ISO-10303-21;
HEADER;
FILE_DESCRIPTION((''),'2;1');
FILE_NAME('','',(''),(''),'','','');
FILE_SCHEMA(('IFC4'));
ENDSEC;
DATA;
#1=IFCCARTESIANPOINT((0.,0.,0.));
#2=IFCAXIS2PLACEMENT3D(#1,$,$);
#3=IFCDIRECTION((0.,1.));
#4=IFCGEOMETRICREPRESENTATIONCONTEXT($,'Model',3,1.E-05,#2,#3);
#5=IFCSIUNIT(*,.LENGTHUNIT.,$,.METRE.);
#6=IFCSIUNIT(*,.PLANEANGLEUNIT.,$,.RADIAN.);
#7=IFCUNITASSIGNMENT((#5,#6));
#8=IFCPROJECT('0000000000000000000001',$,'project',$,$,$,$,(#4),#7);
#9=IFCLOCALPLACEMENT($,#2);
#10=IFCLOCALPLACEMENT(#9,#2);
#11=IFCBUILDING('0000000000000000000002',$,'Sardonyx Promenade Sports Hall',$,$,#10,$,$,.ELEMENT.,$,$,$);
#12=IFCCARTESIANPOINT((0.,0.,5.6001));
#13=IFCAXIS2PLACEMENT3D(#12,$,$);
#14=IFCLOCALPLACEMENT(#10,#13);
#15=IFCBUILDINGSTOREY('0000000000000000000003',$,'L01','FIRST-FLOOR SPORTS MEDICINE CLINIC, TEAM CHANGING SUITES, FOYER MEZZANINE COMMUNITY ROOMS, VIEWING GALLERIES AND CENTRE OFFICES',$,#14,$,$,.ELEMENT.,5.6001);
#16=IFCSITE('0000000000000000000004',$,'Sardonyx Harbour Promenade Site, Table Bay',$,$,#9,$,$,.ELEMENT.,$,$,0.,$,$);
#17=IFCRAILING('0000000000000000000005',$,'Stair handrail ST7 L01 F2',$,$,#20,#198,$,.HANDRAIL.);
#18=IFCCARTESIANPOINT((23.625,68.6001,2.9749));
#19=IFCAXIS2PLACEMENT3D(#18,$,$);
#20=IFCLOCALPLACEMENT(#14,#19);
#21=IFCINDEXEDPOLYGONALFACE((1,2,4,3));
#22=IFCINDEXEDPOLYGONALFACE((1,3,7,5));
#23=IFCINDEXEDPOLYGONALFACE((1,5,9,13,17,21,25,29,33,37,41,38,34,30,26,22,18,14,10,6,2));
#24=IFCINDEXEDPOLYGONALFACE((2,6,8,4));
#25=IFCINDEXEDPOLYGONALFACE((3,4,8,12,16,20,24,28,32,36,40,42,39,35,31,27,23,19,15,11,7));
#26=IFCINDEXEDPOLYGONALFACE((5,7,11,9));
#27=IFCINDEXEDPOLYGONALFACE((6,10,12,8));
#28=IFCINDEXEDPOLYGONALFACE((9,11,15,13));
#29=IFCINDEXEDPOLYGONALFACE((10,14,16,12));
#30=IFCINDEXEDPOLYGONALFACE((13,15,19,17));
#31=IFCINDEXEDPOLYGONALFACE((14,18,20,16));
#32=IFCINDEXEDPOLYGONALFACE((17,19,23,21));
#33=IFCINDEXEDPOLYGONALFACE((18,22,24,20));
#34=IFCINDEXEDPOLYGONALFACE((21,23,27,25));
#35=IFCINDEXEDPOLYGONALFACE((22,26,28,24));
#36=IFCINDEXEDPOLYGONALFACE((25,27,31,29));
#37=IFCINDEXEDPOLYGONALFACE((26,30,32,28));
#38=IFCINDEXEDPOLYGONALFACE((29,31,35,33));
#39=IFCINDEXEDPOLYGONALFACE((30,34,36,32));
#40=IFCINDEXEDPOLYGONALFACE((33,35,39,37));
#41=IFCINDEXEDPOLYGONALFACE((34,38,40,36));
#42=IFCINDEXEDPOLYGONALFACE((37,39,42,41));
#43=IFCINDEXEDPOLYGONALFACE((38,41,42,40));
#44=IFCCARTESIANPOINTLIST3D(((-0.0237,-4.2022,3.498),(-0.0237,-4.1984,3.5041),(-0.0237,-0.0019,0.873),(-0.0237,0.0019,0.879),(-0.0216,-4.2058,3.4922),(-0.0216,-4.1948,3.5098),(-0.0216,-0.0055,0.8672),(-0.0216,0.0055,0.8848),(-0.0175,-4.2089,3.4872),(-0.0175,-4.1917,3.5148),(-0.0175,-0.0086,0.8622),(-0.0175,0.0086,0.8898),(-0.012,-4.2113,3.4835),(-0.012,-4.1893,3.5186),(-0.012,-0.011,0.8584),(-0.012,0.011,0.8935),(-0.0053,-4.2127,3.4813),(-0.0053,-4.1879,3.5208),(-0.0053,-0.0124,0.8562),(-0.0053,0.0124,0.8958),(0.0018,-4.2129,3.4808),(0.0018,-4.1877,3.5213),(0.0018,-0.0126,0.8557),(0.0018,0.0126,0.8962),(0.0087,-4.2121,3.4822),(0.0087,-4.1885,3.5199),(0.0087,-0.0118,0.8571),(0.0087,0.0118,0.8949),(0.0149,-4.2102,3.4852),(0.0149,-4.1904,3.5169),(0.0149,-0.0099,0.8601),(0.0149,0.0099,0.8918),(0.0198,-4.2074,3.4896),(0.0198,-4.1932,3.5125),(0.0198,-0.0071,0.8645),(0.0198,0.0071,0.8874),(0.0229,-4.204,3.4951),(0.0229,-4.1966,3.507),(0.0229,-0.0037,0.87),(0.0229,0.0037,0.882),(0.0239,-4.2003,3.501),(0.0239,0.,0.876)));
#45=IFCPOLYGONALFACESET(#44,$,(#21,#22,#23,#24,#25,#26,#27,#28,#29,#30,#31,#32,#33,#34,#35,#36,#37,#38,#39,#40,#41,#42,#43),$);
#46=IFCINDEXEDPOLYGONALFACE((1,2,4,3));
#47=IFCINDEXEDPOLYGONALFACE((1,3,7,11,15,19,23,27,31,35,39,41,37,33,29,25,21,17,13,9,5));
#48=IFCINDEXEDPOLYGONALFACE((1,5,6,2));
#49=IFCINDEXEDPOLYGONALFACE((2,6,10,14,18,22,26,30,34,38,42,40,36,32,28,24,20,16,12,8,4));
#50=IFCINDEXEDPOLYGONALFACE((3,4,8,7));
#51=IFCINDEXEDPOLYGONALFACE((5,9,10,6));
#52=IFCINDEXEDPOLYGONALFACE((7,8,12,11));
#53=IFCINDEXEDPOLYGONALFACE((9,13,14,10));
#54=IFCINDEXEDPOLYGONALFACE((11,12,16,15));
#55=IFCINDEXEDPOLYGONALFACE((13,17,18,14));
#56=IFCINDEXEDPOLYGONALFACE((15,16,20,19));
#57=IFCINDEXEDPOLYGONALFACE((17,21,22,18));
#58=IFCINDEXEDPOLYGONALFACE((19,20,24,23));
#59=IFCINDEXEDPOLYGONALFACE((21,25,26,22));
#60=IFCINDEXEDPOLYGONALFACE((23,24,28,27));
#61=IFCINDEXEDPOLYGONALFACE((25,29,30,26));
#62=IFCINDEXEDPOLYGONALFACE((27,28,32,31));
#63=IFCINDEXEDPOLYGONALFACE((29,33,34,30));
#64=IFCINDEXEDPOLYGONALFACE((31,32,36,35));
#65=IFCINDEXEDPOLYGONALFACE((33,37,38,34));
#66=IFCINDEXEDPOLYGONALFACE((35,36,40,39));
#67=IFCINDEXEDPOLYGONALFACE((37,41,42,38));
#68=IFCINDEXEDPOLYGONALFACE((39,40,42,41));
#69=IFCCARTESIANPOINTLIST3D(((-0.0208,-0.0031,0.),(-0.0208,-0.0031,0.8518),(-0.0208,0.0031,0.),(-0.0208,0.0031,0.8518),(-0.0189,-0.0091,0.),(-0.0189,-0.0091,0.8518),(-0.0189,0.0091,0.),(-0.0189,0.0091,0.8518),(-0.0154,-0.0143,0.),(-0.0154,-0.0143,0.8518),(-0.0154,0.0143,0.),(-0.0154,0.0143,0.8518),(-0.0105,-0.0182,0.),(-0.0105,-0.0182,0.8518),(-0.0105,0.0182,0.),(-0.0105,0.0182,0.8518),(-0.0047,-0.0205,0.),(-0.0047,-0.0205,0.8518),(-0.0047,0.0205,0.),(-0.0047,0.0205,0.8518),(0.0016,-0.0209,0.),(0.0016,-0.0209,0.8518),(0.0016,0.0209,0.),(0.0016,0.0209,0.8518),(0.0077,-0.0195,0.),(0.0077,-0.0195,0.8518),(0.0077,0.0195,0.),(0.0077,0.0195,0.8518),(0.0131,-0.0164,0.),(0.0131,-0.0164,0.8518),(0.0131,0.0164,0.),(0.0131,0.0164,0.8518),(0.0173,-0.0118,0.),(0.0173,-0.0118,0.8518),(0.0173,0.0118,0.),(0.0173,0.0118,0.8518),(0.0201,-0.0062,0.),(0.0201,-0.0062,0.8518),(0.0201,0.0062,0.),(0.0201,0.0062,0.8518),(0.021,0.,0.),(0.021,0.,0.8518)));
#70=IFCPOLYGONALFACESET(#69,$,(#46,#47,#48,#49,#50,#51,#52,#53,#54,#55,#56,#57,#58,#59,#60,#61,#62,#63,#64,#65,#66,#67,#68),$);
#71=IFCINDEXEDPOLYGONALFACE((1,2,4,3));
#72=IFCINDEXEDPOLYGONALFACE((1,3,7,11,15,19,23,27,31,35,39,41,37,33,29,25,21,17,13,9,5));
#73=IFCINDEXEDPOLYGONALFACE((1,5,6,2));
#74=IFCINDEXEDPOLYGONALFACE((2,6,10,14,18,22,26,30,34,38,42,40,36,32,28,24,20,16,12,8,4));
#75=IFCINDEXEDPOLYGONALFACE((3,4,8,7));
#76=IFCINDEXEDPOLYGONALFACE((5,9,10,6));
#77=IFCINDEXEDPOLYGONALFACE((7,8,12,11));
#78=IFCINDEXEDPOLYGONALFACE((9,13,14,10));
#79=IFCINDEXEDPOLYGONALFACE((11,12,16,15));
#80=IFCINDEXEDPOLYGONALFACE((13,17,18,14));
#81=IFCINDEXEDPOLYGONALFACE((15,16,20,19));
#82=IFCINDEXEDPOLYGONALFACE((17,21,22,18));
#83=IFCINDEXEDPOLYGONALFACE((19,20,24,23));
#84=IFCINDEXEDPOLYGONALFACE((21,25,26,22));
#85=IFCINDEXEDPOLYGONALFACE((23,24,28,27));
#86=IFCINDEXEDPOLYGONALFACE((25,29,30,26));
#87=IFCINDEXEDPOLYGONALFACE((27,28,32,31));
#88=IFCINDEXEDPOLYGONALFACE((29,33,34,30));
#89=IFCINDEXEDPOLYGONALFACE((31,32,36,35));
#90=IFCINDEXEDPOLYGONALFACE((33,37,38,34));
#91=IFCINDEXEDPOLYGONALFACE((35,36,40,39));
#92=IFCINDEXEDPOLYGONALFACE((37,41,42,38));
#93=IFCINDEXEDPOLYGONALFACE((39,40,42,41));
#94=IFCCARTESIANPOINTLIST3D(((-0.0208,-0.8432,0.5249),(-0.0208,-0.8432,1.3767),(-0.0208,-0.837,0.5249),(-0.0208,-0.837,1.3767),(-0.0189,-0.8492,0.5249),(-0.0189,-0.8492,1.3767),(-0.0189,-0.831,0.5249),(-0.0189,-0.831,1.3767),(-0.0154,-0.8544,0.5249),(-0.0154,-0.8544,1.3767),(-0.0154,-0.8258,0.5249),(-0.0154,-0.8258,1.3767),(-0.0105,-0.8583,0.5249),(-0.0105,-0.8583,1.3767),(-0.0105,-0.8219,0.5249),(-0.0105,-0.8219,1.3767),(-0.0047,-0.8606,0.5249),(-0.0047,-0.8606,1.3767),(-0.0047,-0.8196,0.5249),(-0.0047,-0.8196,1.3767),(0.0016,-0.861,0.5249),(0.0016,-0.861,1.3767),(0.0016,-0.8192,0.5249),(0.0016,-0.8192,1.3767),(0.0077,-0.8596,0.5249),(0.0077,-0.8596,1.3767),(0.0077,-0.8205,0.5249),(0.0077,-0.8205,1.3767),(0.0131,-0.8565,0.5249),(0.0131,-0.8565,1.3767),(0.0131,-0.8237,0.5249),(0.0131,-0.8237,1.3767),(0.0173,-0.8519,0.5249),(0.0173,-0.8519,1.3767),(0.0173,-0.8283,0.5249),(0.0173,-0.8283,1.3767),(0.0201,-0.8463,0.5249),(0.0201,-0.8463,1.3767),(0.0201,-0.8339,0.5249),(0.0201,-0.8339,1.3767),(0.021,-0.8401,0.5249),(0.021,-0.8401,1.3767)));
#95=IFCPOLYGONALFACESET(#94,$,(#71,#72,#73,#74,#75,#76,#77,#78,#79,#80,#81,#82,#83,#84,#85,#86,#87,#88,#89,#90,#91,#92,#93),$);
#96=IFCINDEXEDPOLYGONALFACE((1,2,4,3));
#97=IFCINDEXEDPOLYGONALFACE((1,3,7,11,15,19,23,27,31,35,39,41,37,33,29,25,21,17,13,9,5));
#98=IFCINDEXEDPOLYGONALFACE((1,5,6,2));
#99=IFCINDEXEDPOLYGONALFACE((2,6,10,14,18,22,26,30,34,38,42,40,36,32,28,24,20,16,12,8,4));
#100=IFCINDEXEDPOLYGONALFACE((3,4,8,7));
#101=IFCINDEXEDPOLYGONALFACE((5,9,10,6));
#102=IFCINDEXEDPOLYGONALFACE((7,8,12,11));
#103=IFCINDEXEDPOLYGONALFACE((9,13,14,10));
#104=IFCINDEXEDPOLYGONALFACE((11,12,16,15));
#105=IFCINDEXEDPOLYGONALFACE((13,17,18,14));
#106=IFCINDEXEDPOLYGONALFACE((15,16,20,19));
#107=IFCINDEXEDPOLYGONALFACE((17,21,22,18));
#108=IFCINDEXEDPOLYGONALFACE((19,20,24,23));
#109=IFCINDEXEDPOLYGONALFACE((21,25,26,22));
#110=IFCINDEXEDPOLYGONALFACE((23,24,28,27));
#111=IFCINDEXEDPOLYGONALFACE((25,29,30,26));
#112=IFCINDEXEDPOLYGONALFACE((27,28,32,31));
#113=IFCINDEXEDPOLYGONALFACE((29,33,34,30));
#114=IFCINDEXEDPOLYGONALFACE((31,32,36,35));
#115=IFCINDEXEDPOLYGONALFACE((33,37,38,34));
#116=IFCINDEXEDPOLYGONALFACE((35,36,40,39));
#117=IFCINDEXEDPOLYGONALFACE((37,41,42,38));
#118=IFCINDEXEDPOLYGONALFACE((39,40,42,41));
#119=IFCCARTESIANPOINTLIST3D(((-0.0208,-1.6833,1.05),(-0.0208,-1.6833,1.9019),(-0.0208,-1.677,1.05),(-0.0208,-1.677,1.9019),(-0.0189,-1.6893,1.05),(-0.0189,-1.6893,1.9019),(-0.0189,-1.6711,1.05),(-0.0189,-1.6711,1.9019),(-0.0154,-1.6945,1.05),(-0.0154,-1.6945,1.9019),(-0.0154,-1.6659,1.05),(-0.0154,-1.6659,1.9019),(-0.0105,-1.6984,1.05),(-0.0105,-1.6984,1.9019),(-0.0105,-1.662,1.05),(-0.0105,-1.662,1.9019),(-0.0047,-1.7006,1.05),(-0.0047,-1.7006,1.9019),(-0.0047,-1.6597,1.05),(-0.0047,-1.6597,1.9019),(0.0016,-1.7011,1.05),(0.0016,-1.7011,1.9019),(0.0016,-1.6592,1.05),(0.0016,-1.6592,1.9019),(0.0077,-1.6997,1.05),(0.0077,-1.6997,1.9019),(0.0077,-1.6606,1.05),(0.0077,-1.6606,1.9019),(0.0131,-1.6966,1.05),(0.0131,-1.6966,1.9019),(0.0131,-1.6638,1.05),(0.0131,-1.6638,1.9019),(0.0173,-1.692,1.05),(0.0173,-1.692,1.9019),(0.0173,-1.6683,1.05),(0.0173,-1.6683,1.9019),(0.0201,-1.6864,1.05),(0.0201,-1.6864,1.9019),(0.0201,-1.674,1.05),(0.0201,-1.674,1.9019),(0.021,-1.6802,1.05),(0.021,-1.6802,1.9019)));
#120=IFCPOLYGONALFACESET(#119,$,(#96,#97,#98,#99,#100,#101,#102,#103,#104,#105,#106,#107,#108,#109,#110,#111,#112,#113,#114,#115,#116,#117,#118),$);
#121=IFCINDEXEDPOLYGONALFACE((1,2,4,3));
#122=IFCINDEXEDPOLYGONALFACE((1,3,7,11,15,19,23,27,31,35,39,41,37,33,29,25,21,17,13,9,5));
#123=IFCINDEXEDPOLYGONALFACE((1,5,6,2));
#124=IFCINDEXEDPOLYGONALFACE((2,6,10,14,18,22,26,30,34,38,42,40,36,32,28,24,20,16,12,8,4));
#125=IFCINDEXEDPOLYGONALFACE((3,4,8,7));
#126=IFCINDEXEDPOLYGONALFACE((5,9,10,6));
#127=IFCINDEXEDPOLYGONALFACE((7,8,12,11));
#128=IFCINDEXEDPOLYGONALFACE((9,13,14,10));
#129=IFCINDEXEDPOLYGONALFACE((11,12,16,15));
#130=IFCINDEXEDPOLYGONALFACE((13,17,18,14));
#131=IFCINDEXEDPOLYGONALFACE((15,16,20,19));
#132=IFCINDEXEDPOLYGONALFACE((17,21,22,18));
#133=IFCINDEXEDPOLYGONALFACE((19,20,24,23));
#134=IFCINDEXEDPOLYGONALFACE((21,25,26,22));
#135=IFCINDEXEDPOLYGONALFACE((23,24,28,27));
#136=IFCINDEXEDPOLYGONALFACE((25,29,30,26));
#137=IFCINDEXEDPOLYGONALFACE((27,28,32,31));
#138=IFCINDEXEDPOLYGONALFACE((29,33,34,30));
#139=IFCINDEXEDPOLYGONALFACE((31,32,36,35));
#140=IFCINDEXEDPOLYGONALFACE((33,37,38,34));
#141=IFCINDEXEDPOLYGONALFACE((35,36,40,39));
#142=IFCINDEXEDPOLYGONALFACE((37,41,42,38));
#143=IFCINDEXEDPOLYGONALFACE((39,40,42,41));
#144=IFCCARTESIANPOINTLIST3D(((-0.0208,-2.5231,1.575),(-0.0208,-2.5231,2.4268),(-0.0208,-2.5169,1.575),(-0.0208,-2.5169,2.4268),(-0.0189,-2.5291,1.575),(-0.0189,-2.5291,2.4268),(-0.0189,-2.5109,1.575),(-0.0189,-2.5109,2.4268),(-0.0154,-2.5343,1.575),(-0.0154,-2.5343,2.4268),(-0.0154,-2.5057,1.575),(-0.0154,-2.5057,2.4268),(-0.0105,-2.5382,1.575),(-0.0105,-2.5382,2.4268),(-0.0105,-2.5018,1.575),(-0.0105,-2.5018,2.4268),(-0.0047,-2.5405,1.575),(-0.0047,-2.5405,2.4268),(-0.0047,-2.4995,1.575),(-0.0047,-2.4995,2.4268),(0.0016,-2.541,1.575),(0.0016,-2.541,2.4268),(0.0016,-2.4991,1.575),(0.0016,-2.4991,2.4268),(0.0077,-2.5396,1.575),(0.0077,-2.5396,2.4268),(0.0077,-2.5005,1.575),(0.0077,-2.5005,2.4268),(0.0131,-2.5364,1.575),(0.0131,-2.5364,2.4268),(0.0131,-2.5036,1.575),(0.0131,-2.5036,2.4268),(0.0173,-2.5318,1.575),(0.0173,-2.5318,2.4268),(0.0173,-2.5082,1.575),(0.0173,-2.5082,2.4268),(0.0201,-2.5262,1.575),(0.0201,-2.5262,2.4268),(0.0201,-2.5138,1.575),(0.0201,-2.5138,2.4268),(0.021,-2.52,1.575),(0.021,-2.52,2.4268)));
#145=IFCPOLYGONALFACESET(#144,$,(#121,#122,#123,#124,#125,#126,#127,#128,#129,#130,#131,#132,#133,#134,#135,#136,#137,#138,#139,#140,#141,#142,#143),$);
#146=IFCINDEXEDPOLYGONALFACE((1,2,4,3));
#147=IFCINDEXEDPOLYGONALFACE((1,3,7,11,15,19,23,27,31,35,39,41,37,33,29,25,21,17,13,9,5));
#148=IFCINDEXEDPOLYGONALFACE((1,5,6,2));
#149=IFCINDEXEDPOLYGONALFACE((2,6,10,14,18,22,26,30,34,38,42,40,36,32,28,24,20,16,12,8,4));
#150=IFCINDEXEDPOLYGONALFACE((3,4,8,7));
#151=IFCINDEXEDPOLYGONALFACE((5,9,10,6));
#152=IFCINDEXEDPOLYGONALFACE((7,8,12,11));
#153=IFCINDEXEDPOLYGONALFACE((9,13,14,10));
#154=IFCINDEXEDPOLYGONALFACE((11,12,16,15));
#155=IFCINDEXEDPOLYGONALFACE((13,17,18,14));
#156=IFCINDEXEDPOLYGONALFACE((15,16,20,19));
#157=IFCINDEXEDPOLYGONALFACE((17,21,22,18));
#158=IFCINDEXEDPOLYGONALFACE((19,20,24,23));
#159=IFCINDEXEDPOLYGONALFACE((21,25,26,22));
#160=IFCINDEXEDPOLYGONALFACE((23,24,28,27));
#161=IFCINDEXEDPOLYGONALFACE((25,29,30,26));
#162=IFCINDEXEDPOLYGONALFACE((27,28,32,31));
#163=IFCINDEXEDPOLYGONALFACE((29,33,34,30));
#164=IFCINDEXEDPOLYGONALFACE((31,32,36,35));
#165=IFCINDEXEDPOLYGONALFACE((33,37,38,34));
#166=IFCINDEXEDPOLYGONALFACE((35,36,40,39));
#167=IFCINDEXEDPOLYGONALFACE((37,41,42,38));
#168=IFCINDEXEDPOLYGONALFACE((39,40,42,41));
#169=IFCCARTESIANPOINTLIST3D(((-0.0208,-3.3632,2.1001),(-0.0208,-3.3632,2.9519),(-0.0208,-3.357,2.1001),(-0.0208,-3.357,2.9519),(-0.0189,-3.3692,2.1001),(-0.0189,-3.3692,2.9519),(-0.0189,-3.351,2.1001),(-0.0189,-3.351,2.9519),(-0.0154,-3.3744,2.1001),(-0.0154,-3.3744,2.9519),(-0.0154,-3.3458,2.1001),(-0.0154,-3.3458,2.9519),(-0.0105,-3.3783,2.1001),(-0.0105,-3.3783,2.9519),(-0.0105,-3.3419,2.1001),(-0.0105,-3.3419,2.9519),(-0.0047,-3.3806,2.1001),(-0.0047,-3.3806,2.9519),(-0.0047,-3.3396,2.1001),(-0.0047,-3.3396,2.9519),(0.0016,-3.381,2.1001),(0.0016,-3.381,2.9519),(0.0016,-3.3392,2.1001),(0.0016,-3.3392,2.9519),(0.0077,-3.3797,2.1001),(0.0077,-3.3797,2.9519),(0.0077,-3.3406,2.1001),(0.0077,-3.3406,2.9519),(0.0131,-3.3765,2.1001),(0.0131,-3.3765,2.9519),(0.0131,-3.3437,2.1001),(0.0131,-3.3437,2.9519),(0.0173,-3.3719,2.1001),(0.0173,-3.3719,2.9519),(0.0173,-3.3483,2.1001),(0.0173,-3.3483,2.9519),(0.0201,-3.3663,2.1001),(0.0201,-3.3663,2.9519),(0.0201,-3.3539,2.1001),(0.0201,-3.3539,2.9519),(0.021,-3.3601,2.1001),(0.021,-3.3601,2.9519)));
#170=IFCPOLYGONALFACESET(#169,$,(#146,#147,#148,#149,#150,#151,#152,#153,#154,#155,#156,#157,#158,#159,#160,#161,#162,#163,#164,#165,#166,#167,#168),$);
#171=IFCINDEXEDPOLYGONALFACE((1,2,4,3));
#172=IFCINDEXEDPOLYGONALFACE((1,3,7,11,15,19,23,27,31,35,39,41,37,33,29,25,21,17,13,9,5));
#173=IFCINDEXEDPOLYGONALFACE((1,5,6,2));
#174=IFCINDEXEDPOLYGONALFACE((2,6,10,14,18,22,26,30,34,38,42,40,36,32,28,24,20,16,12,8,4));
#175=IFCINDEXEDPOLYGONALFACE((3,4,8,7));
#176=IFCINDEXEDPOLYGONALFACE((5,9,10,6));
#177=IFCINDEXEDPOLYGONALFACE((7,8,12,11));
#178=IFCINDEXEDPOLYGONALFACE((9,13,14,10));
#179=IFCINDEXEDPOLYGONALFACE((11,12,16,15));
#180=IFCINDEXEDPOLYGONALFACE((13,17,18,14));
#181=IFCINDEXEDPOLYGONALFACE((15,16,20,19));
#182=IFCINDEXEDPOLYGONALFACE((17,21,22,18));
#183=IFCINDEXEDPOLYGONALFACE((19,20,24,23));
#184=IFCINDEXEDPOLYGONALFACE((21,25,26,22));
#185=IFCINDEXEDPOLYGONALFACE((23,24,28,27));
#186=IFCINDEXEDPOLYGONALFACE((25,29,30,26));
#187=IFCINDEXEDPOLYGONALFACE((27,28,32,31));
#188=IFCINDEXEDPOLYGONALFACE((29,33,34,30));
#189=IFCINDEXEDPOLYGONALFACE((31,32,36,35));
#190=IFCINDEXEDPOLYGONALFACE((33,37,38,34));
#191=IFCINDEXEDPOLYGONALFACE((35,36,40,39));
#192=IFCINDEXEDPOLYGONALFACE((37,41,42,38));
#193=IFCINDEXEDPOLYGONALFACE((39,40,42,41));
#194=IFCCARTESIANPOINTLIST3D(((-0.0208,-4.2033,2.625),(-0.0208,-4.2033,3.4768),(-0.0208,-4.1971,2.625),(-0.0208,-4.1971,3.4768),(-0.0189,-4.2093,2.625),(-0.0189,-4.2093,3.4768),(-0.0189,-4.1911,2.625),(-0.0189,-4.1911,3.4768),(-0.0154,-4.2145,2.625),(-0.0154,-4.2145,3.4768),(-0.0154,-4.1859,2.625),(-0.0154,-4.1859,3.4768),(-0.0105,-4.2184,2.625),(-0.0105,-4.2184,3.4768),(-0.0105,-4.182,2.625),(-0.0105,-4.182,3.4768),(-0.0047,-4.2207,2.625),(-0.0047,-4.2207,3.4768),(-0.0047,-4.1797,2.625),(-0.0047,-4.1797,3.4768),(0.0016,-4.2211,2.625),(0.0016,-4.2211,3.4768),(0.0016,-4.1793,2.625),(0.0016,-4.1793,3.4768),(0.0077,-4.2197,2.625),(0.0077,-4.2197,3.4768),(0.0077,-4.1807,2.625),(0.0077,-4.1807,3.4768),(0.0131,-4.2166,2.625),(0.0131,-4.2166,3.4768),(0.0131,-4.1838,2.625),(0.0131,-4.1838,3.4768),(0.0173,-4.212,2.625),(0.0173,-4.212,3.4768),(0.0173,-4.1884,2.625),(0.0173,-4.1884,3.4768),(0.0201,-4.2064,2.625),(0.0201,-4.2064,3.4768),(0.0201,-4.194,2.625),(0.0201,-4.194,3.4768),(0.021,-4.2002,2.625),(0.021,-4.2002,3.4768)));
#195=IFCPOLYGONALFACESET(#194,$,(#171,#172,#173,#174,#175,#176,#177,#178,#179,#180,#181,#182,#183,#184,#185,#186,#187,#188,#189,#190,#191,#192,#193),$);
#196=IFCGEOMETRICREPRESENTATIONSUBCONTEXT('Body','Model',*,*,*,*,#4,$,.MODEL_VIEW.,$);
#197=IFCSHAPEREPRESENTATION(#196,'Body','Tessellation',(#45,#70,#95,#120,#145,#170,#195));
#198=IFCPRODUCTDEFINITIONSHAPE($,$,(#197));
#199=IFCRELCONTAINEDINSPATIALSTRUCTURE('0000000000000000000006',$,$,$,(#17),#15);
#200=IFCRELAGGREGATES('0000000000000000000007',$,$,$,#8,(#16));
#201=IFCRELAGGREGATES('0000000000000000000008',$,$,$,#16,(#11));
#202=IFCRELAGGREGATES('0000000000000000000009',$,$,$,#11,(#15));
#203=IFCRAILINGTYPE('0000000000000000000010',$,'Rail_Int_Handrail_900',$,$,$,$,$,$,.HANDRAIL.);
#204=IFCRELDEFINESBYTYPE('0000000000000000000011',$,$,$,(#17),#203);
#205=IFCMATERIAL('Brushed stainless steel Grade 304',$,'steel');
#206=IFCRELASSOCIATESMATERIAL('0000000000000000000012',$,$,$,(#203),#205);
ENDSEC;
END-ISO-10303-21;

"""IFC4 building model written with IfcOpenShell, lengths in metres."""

from ifc_helpers import new_model, si_unit, direction, frame, origin, origin_2d, place, context, subcontext, project, spatial, circle, extrude, material, type_object, element, save


model = new_model("IFC4")

# Units and contexts
model_context = context("Model", 3, precision=1e-05, world=origin(), true_north=direction((0.0, 1.0)))
body_context = subcontext(model_context, "Body", "Model", "MODEL_VIEW")
ifc_project = project(units=[si_unit("LENGTHUNIT", "METRE"), si_unit("PLANEANGLEUNIT", "RADIAN")], contexts=[model_context])

# Site, building, storey
site_placement = place(None, origin())
site = spatial("IfcSite", under=ifc_project, at=site_placement, Name="Sardonyx Harbour Promenade Site, Table Bay", CompositionType="ELEMENT", RefElevation=0.0)
building_placement = place(site_placement, origin())
building = spatial("IfcBuilding", under=site, at=building_placement, Name="Sardonyx Promenade Sports Hall", CompositionType="ELEMENT")
storey_placement = place(building_placement, frame((0.0, 0.0, 5.6001)))
storey = spatial("IfcBuildingStorey", under=building, at=storey_placement, Name="L01", Description="FIRST-FLOOR SPORTS MEDICINE CLINIC, TEAM CHANGING SUITES, FOYER MEZZANINE COMMUNITY ROOMS, VIEWING GALLERIES AND CENTRE OFFICES", CompositionType="ELEMENT", Elevation=5.6001)

# Railing
ifc_material_1 = material(Name="Brushed stainless steel Grade 304", Category="steel")
railing_type_1 = type_object("IfcRailingType", Name="Rail_Int_Handrail_900", PredefinedType="HANDRAIL", material=ifc_material_1)
railing_1_placement = place(storey_placement, frame((23.625, 68.6001, 2.9749)))
element("IfcRailing", 1, at=railing_1_placement, inside=storey, type_object=railing_type_1, Name="Stair handrail ST7 L01 F2", PredefinedType="HANDRAIL", context=body_context, shape_type="SweptSolid", body=[
    extrude(circle(Radius=0.0239, at=origin_2d()), frame((0.0, 0.0, 0.876), z_axis=(0.0, -0.848009, 0.529981), x_axis=(1.0, 0.0, 0.0)), (0.0, 0.0, 1.0), 4.9531),
    extrude(circle(Radius=0.021, at=origin_2d()), origin(), (0.0, 0.0, 1.0), 0.8518),
    extrude(circle(Radius=0.021, at=origin_2d()), frame((0.0, -0.8401, 0.5249)), (0.0, 0.0, 1.0), 0.8518),
    extrude(circle(Radius=0.021, at=origin_2d()), frame((0.0, -1.6802, 1.05)), (0.0, 0.0, 1.0), 0.8518),
    extrude(circle(Radius=0.021, at=origin_2d()), frame((0.0, -2.52, 1.575)), (0.0, 0.0, 1.0), 0.8518),
    extrude(circle(Radius=0.021, at=origin_2d()), frame((0.0, -3.3601, 2.1001)), (0.0, 0.0, 1.0), 0.8518),
    extrude(circle(Radius=0.021, at=origin_2d()), frame((0.0, -4.2002, 2.625)), (0.0, 0.0, 1.0), 0.8518),
])

save(model, "model.ifc")
